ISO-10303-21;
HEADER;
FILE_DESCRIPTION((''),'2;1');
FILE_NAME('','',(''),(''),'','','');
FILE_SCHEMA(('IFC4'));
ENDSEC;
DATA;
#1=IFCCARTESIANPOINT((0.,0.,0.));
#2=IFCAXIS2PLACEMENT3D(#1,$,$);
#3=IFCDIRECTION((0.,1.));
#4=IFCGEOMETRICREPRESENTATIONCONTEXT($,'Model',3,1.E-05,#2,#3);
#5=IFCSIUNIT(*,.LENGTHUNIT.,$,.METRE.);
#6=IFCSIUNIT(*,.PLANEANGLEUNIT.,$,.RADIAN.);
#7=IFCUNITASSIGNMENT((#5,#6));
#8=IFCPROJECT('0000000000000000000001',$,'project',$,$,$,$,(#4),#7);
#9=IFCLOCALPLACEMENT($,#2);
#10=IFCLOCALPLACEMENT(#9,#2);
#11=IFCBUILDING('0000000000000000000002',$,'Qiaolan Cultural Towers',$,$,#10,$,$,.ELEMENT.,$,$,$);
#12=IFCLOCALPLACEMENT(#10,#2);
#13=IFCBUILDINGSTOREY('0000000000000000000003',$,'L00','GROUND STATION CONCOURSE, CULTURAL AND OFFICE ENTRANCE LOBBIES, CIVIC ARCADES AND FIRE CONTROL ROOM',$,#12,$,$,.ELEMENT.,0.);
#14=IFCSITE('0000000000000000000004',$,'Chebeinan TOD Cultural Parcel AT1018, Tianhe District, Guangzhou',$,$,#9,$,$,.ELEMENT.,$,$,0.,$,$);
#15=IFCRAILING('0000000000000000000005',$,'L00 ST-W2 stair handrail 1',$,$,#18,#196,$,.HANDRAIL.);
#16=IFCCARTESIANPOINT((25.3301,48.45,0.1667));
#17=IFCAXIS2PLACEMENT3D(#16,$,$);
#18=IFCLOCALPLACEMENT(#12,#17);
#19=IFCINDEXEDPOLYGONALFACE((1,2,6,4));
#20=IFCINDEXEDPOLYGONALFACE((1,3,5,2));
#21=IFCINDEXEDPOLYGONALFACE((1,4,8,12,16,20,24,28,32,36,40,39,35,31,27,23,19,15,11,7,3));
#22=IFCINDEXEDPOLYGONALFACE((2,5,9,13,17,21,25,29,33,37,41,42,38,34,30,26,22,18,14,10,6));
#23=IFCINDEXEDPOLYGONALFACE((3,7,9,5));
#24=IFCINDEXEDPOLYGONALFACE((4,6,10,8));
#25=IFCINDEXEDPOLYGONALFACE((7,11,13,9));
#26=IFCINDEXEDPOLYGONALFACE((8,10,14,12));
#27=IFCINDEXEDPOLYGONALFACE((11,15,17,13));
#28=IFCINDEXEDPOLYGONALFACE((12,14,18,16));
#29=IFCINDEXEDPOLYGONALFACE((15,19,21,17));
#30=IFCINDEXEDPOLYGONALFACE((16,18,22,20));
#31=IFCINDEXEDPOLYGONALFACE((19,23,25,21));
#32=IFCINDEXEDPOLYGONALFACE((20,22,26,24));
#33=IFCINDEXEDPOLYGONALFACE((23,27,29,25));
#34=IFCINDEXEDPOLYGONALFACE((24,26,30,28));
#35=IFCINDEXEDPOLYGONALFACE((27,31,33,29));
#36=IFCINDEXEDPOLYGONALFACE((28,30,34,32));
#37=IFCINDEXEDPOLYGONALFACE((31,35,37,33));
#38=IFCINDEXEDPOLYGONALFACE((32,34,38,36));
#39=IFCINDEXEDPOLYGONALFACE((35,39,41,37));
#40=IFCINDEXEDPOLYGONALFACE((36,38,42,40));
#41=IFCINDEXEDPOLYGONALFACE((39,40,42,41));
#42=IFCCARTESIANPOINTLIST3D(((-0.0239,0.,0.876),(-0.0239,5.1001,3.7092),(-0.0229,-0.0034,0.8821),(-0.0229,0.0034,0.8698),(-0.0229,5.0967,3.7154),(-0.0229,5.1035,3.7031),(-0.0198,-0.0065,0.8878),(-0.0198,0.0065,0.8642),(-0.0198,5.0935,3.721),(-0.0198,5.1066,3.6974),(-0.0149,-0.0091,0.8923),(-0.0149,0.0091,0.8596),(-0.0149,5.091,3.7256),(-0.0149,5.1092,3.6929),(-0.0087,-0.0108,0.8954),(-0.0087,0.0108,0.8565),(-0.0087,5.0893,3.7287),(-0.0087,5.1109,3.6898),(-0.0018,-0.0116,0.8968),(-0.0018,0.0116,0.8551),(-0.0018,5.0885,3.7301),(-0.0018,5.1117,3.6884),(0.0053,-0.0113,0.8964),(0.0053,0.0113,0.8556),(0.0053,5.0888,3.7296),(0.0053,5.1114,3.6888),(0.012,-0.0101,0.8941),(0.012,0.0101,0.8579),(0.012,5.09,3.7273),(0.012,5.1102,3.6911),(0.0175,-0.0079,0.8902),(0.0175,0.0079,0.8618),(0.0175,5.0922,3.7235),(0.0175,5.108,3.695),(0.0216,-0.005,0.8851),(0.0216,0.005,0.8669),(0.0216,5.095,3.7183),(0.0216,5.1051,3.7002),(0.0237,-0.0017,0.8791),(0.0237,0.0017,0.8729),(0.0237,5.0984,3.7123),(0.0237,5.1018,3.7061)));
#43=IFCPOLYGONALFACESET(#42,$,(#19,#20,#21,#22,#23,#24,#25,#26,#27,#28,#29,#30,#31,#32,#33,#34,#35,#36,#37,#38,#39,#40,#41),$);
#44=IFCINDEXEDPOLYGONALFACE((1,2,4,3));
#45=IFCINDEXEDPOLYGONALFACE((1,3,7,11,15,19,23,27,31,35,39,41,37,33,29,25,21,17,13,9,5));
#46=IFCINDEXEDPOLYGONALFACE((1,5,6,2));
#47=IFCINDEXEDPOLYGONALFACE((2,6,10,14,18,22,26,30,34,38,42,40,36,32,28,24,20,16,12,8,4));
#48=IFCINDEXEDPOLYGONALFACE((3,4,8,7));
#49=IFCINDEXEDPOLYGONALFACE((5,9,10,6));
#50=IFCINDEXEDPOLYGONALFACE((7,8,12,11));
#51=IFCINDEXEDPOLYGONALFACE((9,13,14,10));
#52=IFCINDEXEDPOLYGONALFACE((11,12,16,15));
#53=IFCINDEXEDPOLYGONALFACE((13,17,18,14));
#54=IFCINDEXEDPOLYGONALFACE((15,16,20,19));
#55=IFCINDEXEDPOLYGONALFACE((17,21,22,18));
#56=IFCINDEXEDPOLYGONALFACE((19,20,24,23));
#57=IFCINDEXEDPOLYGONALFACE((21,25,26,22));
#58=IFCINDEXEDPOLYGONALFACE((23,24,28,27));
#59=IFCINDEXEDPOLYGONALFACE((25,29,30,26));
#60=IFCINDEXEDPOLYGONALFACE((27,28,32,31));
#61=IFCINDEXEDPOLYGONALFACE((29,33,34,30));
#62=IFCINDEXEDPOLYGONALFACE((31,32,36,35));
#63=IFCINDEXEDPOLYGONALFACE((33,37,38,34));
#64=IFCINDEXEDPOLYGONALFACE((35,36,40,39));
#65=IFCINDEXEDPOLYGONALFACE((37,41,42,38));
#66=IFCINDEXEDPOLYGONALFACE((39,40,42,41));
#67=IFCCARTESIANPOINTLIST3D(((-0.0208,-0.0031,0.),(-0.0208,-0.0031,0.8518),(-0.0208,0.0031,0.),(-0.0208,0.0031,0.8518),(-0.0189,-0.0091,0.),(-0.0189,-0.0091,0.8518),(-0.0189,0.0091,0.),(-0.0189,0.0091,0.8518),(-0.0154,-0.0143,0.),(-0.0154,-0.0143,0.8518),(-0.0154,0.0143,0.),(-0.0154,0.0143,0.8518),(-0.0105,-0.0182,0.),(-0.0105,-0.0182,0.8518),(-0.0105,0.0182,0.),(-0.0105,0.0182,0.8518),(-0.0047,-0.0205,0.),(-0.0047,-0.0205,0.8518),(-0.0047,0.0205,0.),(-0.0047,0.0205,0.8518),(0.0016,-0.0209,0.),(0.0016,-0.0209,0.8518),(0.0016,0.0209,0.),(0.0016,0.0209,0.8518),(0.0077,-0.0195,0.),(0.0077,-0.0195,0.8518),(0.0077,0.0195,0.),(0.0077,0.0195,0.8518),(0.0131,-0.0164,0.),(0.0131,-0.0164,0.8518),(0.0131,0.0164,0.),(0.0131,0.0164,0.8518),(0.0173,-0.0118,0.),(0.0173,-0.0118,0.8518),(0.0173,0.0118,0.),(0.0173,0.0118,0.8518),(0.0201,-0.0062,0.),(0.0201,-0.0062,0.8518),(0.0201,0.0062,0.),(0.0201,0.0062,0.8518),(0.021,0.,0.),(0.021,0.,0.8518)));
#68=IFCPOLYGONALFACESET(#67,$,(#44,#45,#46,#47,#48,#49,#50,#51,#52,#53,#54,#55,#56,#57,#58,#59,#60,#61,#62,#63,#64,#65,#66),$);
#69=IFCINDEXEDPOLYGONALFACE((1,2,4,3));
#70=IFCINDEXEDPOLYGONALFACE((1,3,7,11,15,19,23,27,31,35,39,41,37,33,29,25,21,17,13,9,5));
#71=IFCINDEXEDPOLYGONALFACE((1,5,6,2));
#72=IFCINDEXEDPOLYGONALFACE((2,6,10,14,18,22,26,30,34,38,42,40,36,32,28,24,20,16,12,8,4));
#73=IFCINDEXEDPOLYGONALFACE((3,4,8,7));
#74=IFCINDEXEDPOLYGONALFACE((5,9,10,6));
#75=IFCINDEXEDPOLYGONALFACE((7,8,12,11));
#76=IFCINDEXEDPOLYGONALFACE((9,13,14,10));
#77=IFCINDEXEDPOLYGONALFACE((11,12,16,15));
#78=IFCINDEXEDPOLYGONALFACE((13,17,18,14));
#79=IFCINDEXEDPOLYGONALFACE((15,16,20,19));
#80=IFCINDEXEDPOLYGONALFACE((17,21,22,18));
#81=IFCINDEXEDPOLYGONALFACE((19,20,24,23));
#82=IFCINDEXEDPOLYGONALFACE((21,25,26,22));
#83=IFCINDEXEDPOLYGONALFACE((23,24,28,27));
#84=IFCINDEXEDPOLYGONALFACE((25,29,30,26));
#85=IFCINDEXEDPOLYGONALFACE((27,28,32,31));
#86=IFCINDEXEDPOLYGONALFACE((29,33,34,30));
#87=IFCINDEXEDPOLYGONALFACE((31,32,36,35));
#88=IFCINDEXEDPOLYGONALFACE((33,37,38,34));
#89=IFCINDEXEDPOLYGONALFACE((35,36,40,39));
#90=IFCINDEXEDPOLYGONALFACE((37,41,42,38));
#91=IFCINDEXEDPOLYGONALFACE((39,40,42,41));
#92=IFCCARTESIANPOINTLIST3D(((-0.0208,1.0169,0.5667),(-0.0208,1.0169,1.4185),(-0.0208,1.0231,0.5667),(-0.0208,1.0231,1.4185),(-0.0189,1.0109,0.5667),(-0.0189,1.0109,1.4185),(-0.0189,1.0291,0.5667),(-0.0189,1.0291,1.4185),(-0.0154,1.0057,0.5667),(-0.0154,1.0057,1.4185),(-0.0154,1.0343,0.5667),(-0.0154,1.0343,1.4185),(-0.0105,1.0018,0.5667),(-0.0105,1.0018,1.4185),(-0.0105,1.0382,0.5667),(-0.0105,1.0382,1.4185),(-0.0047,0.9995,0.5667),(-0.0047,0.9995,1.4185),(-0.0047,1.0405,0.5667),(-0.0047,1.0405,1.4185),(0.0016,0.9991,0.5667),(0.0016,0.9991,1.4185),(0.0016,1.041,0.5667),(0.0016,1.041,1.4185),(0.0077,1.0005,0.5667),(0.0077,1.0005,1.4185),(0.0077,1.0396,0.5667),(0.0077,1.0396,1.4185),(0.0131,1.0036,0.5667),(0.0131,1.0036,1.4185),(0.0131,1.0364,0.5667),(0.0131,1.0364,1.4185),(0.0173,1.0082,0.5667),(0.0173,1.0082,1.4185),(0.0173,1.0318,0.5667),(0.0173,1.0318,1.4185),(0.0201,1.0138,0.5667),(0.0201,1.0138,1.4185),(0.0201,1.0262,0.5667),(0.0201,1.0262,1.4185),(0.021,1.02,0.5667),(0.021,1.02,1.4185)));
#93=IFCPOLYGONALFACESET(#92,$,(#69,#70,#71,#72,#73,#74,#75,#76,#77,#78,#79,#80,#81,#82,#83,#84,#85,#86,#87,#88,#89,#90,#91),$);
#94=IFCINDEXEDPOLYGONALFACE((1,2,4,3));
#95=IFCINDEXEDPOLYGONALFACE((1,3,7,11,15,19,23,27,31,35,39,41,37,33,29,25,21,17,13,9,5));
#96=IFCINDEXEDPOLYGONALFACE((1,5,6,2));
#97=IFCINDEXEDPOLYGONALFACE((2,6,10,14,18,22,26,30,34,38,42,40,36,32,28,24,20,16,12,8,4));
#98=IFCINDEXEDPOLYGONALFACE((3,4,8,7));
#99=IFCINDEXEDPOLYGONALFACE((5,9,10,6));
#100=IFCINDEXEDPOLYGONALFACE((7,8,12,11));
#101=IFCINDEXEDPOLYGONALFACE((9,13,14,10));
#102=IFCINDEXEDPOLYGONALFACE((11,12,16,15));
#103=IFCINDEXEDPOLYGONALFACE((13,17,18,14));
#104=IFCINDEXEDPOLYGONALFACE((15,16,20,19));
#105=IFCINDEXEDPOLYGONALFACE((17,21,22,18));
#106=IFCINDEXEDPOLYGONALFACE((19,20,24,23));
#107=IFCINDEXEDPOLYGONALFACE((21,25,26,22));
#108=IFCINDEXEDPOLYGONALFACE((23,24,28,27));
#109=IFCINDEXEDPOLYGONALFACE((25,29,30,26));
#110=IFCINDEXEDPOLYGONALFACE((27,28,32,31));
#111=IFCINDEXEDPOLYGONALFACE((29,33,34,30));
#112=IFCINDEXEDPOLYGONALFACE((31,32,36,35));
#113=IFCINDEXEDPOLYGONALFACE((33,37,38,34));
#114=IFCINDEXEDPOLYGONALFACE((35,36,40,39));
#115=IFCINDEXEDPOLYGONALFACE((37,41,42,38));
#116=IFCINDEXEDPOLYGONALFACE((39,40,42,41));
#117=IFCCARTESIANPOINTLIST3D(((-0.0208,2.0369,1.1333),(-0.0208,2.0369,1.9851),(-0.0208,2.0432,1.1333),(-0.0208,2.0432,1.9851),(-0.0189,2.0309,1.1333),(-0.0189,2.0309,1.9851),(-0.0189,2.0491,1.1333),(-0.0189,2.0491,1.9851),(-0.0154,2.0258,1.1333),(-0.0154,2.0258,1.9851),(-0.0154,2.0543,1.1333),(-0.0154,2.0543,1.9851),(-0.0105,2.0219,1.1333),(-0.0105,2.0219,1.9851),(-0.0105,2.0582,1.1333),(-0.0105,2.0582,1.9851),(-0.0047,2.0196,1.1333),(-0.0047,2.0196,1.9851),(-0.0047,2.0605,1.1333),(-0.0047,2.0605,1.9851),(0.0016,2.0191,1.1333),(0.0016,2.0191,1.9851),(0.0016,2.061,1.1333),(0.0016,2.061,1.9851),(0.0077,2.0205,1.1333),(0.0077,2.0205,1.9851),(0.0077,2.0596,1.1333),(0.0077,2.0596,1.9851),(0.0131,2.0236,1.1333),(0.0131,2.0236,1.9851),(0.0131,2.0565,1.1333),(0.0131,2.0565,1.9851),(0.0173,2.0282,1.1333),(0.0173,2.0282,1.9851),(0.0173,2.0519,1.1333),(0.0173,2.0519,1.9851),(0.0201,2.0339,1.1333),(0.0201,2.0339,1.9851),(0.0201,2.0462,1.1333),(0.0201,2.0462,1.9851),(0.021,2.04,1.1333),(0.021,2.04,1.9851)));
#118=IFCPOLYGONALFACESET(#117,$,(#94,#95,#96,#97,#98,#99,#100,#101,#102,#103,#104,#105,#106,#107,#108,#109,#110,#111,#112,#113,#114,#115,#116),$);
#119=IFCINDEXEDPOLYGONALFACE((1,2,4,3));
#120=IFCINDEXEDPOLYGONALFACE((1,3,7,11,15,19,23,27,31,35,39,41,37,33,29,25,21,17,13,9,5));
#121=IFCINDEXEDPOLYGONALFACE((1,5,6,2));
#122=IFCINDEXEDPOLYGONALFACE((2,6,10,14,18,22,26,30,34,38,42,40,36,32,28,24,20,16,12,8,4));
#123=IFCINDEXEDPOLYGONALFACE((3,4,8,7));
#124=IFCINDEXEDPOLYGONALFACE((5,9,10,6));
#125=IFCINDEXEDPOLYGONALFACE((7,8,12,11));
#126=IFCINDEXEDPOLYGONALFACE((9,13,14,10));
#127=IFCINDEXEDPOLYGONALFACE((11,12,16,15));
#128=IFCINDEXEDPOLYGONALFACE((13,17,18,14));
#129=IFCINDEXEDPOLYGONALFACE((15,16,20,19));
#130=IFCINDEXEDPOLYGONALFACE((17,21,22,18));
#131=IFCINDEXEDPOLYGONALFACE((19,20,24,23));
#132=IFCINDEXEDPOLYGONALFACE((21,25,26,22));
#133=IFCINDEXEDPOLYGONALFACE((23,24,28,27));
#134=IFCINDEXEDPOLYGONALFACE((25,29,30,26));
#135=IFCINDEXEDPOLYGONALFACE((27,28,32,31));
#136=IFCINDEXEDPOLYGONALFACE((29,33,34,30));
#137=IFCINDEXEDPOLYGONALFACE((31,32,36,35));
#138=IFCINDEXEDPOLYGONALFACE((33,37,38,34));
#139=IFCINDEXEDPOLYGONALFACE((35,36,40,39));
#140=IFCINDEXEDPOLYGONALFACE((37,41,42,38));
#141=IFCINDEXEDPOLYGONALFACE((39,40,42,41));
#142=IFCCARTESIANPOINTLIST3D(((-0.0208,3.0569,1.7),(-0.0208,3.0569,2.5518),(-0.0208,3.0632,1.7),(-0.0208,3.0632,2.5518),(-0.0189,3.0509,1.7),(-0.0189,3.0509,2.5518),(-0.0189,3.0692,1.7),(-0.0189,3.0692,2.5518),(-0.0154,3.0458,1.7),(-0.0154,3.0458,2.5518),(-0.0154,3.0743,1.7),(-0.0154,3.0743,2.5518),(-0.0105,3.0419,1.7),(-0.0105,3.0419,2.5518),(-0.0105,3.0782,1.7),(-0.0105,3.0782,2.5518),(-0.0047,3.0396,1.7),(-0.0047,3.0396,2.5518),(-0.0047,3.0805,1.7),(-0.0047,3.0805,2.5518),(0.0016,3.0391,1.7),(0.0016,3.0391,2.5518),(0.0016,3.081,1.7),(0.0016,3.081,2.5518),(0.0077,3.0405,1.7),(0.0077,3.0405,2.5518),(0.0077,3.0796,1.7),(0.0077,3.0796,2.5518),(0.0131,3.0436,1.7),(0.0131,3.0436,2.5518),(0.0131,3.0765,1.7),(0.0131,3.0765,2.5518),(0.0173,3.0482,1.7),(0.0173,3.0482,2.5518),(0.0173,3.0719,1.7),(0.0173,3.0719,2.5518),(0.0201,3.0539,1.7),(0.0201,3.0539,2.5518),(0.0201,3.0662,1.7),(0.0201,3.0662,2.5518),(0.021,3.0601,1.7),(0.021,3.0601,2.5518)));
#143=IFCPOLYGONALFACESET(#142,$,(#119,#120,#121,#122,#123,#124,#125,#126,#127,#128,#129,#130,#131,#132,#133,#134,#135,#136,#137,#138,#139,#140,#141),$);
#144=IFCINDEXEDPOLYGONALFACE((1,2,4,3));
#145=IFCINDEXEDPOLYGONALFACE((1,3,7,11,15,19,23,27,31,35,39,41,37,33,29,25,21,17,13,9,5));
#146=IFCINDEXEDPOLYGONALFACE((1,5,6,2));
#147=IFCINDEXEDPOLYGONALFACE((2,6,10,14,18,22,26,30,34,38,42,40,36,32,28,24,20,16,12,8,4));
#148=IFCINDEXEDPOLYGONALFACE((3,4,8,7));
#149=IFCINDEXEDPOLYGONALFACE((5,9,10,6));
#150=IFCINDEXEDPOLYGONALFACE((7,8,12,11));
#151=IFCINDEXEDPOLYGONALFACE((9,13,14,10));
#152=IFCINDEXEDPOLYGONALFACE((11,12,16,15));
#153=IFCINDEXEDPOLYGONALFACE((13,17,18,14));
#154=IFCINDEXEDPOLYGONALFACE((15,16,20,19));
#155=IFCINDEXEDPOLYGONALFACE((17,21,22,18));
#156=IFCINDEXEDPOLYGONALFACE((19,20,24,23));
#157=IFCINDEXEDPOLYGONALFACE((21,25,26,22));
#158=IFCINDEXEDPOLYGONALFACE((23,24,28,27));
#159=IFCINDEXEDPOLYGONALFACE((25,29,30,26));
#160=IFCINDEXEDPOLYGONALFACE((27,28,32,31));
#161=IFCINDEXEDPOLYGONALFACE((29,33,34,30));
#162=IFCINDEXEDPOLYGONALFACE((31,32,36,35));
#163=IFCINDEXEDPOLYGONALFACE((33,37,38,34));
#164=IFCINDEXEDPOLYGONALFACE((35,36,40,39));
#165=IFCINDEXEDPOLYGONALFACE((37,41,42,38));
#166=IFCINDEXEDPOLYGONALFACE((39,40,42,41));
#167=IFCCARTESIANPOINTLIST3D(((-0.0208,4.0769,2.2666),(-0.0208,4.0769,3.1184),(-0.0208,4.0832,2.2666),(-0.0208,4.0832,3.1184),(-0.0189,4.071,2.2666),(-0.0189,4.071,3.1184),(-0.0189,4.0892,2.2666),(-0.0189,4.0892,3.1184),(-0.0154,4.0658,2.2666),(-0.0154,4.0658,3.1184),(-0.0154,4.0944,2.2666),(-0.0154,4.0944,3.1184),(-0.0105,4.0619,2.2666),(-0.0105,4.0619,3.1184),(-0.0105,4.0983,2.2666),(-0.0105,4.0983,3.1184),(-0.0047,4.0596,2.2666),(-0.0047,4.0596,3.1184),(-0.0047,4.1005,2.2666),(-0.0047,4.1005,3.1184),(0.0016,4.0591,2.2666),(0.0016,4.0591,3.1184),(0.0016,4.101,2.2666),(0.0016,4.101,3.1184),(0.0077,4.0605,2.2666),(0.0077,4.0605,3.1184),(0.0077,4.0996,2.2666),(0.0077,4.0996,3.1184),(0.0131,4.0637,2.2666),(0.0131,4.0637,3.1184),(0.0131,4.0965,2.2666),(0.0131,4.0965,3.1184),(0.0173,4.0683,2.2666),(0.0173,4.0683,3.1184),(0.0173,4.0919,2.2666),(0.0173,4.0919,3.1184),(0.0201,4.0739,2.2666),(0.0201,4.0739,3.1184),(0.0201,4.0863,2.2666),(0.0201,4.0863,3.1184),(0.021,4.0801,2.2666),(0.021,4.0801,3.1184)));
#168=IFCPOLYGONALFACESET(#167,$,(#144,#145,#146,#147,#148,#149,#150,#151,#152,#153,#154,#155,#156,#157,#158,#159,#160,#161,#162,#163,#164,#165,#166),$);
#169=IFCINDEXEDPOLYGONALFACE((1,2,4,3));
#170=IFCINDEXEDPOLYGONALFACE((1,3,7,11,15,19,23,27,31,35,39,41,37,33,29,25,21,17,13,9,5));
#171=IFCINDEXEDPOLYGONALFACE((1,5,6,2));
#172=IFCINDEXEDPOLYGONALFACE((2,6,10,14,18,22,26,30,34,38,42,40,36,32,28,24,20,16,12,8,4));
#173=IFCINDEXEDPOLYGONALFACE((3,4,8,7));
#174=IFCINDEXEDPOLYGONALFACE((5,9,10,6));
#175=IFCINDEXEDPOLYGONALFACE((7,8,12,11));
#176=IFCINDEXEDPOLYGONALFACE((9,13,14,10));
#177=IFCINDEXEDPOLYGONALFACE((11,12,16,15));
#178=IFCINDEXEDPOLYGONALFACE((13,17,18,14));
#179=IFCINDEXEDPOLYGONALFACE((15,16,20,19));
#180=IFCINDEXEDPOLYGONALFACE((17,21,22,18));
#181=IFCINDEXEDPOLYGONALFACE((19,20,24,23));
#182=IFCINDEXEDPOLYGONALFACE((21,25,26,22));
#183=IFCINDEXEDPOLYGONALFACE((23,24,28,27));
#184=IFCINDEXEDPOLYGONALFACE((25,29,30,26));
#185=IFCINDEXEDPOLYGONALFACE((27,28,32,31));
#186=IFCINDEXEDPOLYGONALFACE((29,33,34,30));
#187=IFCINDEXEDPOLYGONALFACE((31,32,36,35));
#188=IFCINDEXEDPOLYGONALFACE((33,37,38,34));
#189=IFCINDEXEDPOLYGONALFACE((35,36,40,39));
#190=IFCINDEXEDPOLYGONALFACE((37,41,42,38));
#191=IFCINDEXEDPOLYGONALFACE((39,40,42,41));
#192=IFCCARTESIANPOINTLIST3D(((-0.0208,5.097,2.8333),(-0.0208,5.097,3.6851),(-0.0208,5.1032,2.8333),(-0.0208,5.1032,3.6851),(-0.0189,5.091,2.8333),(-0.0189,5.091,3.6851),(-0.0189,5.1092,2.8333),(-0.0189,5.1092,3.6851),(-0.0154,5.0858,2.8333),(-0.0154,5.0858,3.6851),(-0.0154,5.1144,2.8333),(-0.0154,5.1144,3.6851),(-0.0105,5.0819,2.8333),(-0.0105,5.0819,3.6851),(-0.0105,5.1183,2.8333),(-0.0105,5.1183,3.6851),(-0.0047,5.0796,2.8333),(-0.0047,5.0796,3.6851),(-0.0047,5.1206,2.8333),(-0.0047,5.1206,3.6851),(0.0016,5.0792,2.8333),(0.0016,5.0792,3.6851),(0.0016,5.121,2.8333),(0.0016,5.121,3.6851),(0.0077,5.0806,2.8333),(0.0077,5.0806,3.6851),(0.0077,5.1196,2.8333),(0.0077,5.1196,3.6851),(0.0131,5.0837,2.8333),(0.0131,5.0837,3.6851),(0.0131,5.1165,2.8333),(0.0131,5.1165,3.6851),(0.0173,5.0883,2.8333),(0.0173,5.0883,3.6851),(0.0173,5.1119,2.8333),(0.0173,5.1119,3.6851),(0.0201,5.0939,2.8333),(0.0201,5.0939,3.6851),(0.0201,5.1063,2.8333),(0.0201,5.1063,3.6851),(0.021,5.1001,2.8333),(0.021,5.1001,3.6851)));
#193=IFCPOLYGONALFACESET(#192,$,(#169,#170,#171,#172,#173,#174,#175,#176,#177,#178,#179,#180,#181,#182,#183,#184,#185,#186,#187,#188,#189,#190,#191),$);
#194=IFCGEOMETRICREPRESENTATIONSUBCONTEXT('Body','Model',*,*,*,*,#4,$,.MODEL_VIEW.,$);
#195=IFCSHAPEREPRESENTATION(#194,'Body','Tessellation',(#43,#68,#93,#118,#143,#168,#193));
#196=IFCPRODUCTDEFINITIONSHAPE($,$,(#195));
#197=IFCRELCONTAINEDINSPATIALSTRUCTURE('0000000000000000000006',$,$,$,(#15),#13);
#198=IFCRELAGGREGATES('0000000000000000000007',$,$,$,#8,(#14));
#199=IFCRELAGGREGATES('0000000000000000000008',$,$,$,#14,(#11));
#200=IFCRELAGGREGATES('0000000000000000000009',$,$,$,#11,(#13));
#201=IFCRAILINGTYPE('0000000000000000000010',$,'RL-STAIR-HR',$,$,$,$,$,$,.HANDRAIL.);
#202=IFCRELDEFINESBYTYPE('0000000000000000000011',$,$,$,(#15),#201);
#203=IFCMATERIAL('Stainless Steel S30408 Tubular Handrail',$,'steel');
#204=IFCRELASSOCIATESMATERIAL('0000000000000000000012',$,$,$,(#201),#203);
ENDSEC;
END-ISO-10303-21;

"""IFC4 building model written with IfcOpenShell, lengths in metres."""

from ifc_helpers import new_model, si_unit, direction, frame, origin, origin_2d, place, context, subcontext, project, spatial, circle, extrude, material, type_object, element, save


model = new_model("IFC4")

# Units and contexts
model_context = context("Model", 3, precision=1e-05, world=origin(), true_north=direction((0.0, 1.0)))
body_context = subcontext(model_context, "Body", "Model", "MODEL_VIEW")
ifc_project = project(units=[si_unit("LENGTHUNIT", "METRE"), si_unit("PLANEANGLEUNIT", "RADIAN")], contexts=[model_context])

# Site, building, storey
site_placement = place(None, origin())
site = spatial("IfcSite", under=ifc_project, at=site_placement, Name="Chebeinan TOD Cultural Parcel AT1018, Tianhe District, Guangzhou", CompositionType="ELEMENT", RefElevation=0.0)
building_placement = place(site_placement, origin())
building = spatial("IfcBuilding", under=site, at=building_placement, Name="Qiaolan Cultural Towers", CompositionType="ELEMENT")
storey_placement = place(building_placement, origin())
storey = spatial("IfcBuildingStorey", under=building, at=storey_placement, Name="L00", Description="GROUND STATION CONCOURSE, CULTURAL AND OFFICE ENTRANCE LOBBIES, CIVIC ARCADES AND FIRE CONTROL ROOM", CompositionType="ELEMENT", Elevation=0.0)

# Railing
ifc_material_1 = material(Name="Stainless Steel S30408 Tubular Handrail", Category="steel")
railing_type_1 = type_object("IfcRailingType", Name="RL-STAIR-HR", PredefinedType="HANDRAIL", material=ifc_material_1)
railing_1_placement = place(storey_placement, frame((25.3301, 48.45, 0.1667)))
element("IfcRailing", 1, at=railing_1_placement, inside=storey, type_object=railing_type_1, Name="L00 ST-W2 stair handrail 1", PredefinedType="HANDRAIL", context=body_context, shape_type="SweptSolid", body=[
    extrude(circle(Radius=0.0239, at=origin_2d()), frame((0.0, 0.0, 0.876), z_axis=(0.0, 0.874167, 0.485625), x_axis=(-1.0, 0.0, 0.0)), (0.0, 0.0, 1.0), 5.8342),
    extrude(circle(Radius=0.021, at=origin_2d()), origin(), (0.0, 0.0, 1.0), 0.8518),
    extrude(circle(Radius=0.021, at=origin_2d()), frame((0.0, 1.02, 0.5667)), (0.0, 0.0, 1.0), 0.8518),
    extrude(circle(Radius=0.021, at=origin_2d()), frame((0.0, 2.04, 1.1333)), (0.0, 0.0, 1.0), 0.8518),
    extrude(circle(Radius=0.021, at=origin_2d()), frame((0.0, 3.0601, 1.7)), (0.0, 0.0, 1.0), 0.8518),
    extrude(circle(Radius=0.021, at=origin_2d()), frame((0.0, 4.0801, 2.2666)), (0.0, 0.0, 1.0), 0.8518),
    extrude(circle(Radius=0.021, at=origin_2d()), frame((0.0, 5.1001, 2.8333)), (0.0, 0.0, 1.0), 0.8518),
])

save(model, "model.ifc")
